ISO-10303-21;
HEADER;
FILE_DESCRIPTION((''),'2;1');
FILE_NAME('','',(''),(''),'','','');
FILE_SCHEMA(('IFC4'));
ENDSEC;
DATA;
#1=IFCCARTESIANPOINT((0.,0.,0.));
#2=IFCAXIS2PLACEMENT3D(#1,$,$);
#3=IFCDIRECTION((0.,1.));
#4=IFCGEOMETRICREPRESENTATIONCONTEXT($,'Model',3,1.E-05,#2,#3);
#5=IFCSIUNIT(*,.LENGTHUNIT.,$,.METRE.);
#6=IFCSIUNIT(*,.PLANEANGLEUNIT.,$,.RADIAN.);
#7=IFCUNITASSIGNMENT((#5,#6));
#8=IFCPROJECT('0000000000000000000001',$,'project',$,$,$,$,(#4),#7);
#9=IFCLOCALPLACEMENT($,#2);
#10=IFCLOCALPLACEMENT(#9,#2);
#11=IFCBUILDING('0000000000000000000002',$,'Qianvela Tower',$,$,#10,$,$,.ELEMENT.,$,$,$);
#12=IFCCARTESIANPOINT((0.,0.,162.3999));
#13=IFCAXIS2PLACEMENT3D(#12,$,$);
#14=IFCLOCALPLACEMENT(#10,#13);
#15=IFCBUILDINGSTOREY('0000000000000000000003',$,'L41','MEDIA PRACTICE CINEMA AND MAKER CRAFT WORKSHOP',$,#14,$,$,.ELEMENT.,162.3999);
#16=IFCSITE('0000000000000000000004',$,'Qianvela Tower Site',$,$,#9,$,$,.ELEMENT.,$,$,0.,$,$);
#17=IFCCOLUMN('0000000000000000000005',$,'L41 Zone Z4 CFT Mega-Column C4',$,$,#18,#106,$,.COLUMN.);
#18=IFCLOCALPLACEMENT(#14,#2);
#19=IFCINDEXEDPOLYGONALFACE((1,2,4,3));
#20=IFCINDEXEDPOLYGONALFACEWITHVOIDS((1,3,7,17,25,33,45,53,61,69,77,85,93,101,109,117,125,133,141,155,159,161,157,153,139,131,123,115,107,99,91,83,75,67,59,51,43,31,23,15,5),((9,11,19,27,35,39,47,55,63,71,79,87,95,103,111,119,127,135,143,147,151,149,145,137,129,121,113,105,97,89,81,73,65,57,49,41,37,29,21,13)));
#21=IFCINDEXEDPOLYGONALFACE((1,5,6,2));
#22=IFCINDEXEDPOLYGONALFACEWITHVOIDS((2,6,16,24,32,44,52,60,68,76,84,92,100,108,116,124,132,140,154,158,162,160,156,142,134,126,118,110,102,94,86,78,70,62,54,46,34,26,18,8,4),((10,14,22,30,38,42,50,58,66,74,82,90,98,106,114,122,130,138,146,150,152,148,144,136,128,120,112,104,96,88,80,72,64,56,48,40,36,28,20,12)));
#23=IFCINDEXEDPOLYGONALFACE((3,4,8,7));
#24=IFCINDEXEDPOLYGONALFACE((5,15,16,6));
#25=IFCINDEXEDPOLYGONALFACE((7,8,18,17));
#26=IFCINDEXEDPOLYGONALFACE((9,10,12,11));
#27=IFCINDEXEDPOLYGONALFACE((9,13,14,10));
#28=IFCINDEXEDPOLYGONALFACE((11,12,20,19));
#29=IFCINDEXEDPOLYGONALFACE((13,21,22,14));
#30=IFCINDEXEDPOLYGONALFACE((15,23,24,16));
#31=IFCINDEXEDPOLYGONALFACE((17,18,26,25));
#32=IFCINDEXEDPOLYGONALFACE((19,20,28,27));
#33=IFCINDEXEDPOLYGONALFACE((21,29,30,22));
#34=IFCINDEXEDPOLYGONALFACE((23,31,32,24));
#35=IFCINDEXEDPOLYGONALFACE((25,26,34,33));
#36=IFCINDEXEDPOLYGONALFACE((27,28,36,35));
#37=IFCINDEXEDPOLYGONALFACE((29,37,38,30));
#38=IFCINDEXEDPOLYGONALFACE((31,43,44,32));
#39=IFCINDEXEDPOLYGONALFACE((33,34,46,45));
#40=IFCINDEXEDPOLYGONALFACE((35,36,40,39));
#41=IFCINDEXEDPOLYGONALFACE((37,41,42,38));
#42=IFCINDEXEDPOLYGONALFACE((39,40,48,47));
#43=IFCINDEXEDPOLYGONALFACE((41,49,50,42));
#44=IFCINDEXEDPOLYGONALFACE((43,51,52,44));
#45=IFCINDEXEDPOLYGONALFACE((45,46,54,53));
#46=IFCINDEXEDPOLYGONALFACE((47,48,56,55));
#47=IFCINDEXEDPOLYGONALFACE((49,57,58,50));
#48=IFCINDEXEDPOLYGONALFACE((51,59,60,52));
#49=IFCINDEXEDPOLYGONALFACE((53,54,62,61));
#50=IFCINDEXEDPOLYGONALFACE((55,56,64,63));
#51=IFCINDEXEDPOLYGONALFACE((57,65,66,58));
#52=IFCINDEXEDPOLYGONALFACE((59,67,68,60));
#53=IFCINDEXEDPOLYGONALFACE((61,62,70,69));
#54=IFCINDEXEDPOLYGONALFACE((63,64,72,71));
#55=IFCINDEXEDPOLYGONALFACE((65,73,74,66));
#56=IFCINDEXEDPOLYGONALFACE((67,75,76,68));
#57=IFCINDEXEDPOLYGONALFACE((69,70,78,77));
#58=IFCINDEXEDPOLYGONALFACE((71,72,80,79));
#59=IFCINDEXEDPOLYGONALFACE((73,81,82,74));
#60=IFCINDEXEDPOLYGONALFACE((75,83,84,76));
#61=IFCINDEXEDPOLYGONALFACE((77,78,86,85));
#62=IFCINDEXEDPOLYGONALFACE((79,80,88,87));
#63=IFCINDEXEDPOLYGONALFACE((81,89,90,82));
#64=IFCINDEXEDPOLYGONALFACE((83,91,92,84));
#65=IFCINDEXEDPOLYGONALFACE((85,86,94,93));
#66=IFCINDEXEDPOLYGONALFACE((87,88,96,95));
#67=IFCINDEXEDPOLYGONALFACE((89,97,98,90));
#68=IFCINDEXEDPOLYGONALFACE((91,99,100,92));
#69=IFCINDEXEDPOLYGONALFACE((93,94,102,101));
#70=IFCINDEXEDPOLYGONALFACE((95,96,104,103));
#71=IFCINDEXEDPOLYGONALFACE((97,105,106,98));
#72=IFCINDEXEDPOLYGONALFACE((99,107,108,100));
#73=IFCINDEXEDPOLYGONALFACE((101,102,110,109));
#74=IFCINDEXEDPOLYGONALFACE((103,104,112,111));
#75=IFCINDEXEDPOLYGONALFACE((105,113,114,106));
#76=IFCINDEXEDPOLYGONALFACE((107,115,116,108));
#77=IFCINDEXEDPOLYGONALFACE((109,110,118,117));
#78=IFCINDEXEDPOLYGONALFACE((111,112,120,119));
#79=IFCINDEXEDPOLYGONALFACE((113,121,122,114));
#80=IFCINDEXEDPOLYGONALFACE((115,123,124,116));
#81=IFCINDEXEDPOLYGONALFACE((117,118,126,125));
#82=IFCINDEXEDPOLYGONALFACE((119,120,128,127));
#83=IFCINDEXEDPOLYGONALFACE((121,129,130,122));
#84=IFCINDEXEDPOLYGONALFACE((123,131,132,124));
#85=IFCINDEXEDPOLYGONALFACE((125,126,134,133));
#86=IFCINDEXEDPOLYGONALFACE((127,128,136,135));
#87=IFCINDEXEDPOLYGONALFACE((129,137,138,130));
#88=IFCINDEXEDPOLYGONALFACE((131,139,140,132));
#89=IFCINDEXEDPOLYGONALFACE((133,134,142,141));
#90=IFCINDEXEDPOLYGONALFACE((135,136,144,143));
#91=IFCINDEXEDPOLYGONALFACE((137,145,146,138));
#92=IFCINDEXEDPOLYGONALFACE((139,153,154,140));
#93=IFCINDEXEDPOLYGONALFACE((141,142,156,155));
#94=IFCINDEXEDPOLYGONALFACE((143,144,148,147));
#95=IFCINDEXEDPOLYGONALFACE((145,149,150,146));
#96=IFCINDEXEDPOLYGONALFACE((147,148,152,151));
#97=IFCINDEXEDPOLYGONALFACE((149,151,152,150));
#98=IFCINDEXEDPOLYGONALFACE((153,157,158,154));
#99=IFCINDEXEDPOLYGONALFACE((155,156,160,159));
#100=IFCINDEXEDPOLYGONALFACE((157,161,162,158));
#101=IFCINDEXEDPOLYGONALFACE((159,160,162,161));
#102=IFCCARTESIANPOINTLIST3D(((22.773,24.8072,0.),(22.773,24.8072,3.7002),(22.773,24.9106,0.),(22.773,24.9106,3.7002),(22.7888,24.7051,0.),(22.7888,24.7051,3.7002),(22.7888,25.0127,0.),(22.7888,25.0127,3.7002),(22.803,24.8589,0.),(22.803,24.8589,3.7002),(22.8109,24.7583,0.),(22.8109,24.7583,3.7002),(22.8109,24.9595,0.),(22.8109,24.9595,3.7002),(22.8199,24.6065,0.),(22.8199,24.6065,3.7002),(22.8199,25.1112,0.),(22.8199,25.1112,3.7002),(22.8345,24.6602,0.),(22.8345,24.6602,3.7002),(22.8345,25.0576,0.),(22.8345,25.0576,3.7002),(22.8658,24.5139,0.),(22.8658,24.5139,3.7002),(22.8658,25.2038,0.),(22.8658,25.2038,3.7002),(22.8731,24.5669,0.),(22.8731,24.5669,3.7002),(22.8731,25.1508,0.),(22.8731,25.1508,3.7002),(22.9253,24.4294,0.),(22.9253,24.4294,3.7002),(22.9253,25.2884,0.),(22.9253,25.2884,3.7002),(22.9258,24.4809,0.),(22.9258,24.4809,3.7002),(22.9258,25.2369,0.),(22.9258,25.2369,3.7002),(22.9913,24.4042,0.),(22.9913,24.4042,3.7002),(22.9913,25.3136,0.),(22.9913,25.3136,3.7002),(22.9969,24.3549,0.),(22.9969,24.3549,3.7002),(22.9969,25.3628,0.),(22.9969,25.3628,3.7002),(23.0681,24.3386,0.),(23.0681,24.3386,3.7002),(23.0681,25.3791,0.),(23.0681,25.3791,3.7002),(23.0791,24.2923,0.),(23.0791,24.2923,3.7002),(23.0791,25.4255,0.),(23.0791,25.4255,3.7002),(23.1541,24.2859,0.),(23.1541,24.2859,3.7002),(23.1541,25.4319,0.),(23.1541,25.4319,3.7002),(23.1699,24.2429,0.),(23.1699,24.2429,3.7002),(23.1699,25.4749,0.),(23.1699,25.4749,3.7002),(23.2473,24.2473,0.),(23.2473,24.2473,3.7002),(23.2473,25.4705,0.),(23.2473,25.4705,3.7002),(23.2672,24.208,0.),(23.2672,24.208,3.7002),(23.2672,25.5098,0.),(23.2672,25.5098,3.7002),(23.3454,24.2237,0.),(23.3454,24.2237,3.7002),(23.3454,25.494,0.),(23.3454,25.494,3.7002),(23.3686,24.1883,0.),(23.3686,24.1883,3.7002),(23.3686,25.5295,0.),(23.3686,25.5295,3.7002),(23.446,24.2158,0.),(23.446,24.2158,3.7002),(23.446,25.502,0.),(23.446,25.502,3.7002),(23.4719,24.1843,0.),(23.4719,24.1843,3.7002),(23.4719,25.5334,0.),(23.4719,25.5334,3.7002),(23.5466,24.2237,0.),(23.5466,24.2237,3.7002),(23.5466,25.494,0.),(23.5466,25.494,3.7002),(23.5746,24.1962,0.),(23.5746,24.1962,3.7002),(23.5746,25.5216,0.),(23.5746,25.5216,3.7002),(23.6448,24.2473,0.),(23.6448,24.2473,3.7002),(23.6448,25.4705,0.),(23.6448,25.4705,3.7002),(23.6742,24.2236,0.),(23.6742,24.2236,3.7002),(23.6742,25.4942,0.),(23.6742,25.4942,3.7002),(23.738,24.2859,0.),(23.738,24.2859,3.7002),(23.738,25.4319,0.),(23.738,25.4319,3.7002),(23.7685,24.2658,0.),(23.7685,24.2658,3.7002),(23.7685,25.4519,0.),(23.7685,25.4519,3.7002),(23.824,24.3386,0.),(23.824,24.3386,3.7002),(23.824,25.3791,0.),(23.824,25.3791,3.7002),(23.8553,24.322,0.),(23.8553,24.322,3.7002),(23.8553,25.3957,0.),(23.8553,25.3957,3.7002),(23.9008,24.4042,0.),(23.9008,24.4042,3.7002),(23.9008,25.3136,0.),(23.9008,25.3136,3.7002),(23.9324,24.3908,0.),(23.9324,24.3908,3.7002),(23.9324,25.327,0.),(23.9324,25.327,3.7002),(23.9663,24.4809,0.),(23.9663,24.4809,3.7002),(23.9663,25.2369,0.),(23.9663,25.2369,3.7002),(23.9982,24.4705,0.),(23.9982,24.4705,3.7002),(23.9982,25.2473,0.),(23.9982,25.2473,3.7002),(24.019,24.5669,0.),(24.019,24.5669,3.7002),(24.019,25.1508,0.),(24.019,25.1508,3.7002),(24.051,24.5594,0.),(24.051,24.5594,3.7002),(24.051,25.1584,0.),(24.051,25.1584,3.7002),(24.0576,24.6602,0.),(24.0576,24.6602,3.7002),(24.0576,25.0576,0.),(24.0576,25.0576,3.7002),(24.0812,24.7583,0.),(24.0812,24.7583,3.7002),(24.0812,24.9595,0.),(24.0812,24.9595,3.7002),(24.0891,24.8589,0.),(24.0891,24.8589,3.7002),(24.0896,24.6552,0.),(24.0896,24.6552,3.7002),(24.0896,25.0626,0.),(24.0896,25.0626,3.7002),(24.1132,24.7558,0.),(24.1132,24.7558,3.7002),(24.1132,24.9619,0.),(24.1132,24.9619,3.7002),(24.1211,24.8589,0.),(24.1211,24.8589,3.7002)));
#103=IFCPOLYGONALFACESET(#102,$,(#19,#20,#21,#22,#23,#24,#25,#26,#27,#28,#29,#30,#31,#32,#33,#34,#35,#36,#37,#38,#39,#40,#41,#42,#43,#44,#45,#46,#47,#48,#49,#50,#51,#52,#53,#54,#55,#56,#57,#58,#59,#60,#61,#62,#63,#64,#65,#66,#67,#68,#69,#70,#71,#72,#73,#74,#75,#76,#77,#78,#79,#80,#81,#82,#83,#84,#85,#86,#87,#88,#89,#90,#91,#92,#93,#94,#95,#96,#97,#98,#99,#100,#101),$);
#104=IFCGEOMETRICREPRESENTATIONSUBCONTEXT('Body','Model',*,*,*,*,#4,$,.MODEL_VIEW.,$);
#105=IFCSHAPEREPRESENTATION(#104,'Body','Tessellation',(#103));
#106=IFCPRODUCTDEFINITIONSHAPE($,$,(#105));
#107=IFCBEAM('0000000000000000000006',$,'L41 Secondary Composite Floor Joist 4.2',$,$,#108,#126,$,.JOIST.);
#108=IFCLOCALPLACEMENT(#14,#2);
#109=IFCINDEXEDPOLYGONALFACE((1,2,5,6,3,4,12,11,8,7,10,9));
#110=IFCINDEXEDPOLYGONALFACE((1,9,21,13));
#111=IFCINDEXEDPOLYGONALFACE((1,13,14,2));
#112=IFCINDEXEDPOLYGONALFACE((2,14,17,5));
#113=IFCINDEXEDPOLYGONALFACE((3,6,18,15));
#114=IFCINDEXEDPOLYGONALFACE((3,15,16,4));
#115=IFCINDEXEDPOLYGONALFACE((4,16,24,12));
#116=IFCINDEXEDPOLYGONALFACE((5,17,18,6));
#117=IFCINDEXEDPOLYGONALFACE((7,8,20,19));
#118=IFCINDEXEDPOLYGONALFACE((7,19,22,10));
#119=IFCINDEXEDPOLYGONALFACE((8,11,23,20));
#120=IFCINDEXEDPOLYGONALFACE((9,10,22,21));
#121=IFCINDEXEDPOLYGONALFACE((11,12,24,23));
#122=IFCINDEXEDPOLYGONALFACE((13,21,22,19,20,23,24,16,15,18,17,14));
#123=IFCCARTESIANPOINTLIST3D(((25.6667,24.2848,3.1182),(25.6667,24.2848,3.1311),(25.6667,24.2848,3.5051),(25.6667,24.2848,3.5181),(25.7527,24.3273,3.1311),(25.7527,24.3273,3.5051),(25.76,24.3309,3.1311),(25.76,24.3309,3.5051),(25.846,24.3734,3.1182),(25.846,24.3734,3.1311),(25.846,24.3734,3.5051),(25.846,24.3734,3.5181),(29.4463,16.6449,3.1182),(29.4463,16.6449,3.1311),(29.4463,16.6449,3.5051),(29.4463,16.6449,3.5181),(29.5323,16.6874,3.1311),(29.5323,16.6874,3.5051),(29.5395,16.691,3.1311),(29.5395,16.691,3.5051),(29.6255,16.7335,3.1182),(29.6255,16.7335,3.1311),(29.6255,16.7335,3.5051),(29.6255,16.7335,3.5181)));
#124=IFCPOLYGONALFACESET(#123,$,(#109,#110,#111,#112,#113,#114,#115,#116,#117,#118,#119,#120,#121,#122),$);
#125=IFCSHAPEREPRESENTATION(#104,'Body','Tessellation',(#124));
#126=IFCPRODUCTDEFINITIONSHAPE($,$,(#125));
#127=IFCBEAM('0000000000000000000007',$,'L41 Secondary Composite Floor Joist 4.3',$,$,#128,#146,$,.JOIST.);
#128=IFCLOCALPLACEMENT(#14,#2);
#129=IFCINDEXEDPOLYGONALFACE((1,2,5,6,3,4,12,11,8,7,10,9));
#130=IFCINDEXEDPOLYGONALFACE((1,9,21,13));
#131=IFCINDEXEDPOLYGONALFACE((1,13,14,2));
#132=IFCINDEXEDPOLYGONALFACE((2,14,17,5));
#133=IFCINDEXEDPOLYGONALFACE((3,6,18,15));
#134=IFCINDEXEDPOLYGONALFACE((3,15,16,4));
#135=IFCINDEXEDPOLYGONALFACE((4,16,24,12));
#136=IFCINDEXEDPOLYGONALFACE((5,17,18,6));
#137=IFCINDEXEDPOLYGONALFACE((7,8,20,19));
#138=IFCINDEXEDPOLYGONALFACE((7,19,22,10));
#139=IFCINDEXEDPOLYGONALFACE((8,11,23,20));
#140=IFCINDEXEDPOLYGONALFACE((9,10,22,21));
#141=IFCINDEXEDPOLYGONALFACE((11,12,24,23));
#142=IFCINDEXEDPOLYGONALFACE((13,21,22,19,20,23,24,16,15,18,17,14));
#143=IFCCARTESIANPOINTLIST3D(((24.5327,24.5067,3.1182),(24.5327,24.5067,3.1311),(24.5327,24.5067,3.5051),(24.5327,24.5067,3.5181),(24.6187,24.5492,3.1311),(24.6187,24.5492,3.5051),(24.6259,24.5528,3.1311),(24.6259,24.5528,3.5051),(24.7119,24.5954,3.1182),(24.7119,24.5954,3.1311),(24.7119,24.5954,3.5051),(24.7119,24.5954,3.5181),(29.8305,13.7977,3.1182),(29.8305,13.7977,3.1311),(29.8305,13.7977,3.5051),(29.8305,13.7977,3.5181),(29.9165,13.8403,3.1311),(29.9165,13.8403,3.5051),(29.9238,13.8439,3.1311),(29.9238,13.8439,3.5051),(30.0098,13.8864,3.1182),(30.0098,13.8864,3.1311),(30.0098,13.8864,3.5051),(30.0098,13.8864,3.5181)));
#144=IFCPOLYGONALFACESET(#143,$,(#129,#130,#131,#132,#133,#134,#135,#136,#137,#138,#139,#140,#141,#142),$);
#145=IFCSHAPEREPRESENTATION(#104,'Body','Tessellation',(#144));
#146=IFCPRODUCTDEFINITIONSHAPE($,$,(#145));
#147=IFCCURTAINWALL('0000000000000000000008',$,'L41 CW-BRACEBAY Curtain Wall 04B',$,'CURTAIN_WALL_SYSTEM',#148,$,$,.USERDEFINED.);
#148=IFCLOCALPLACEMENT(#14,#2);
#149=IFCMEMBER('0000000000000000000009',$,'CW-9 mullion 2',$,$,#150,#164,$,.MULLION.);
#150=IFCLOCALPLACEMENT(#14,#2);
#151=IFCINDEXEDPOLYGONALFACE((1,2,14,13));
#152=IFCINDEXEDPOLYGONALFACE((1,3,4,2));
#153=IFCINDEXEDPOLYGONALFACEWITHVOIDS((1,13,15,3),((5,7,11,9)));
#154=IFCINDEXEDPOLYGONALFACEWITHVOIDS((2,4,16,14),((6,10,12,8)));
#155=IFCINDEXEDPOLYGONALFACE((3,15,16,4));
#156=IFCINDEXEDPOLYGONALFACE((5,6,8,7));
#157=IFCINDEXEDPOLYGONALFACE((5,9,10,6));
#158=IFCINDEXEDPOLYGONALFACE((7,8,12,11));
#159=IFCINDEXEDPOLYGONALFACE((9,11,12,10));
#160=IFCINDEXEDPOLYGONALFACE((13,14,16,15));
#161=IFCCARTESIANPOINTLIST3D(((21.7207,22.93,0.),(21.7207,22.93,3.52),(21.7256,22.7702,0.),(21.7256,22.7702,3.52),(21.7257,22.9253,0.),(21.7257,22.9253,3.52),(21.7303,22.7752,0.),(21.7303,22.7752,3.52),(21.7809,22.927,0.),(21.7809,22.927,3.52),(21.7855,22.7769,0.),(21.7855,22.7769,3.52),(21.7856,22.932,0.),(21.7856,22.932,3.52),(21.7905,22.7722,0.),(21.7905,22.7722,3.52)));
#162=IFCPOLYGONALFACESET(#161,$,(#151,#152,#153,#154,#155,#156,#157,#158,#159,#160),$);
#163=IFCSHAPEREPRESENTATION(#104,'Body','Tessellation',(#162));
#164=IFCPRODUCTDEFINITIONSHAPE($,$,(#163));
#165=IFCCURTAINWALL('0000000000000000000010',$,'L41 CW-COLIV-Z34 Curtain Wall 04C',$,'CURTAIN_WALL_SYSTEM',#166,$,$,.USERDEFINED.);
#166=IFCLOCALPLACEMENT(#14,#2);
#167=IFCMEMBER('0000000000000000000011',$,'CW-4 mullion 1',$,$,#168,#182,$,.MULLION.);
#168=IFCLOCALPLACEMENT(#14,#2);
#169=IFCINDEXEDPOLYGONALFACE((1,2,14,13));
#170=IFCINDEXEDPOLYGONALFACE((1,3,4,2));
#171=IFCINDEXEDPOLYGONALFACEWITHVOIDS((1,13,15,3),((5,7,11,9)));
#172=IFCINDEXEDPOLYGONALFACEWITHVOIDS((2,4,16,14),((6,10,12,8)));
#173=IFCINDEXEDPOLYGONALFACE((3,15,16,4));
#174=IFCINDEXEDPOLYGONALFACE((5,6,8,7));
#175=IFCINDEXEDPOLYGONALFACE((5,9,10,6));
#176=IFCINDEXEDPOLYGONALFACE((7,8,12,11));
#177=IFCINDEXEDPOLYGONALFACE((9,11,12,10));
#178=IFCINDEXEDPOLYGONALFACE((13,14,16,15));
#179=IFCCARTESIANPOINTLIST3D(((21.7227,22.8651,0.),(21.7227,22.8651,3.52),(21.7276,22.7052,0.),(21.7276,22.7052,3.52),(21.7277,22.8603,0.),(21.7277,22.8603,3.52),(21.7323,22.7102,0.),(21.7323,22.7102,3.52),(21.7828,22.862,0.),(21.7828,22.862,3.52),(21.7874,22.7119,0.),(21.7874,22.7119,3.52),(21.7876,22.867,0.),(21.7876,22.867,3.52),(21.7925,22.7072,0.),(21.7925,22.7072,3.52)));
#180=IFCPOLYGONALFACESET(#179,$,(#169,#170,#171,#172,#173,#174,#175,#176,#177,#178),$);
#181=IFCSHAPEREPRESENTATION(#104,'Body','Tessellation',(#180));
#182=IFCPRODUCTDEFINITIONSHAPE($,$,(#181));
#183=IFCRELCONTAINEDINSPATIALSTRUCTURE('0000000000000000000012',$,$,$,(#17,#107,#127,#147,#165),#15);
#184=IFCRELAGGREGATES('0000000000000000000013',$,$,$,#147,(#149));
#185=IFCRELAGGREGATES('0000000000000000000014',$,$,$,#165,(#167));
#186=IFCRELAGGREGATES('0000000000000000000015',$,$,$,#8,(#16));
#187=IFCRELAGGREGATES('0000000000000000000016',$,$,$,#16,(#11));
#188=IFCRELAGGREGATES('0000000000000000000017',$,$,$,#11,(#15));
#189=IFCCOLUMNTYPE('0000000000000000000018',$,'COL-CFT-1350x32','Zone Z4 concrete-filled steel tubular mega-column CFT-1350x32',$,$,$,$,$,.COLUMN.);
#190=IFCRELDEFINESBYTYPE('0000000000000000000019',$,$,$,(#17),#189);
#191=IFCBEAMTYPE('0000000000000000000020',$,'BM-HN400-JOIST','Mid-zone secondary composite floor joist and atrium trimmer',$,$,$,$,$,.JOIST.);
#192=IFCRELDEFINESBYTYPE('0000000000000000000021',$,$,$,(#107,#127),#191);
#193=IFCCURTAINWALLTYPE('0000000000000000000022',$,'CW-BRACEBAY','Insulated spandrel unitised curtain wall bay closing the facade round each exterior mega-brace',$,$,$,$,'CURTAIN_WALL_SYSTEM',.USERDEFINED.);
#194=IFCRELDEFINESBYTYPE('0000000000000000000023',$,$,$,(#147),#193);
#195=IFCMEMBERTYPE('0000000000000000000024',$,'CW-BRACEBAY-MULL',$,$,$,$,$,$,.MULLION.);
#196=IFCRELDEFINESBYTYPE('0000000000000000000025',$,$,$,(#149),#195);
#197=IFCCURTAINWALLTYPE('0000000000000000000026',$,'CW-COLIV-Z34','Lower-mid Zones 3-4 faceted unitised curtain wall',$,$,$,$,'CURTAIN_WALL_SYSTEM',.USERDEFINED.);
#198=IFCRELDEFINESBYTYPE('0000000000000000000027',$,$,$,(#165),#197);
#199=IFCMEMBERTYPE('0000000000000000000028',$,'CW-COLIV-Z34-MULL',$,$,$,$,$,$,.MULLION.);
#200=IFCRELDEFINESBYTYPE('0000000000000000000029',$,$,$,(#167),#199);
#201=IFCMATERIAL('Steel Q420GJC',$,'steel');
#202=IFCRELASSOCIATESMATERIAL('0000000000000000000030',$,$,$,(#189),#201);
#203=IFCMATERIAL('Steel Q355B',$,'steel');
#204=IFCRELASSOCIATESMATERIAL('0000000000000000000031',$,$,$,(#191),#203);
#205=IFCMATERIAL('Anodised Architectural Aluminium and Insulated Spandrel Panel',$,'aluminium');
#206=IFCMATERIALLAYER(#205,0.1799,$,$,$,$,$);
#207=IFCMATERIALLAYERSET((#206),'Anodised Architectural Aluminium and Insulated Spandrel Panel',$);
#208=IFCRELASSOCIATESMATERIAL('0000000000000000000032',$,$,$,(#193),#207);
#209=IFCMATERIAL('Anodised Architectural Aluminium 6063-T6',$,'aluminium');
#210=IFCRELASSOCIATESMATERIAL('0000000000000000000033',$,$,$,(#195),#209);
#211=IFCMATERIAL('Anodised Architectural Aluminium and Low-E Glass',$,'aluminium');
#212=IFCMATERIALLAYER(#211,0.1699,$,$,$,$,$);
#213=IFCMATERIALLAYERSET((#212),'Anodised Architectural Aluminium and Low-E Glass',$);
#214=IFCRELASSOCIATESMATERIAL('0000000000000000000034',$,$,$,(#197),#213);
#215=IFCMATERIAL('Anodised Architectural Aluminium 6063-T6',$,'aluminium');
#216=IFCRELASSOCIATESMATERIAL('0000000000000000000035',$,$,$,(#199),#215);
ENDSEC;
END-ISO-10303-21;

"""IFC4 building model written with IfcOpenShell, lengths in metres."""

from ifc_helpers import new_model, si_unit, direction, frame, origin, origin_2d, place, context, subcontext, project, spatial, hollow_rectangle, hollow_circle, i_section, extrude, material, layer, layer_set, material_profile, profile_set, type_object, element, aggregate, save


model = new_model("IFC4")

# Units and contexts
model_context = context("Model", 3, precision=1e-05, world=origin(), true_north=direction((0.0, 1.0)))
body_context = subcontext(model_context, "Body", "Model", "MODEL_VIEW")
ifc_project = project(units=[si_unit("LENGTHUNIT", "METRE"), si_unit("PLANEANGLEUNIT", "RADIAN")], contexts=[model_context])

# Site, building, storey
site_placement = place(None, origin())
site = spatial("IfcSite", under=ifc_project, at=site_placement, Name="Qianvela Tower Site", CompositionType="ELEMENT", RefElevation=0.0)
building_placement = place(site_placement, origin())
building = spatial("IfcBuilding", under=site, at=building_placement, Name="Qianvela Tower", CompositionType="ELEMENT")
storey_placement = place(building_placement, frame((0.0, 0.0, 162.3999)))
storey = spatial("IfcBuildingStorey", under=building, at=storey_placement, Name="L41", Description="MEDIA PRACTICE CINEMA AND MAKER CRAFT WORKSHOP", CompositionType="ELEMENT", Elevation=162.3999)

# Column
ifc_material_1 = material(Name="Steel Q420GJC", Category="steel")
ifc_material_profile_1 = material_profile(ifc_material_1, hollow_circle(Radius=0.675, WallThickness=0.032, at=origin_2d()), Name="CFT-1350x32")
ifc_profile_set_1 = profile_set([ifc_material_profile_1], Name="Steel Q420GJC")
column_type = type_object("IfcColumnType", Name="COL-CFT-1350x32", Description="Zone Z4 concrete-filled steel tubular mega-column CFT-1350x32", PredefinedType="COLUMN", material=ifc_profile_set_1)
column_placement = place(storey_placement, frame((23.446, 24.8589, 0.0), z_axis=(0.0, 0.0, 1.0), x_axis=(1.0, 0.0, 0.0)))
element("IfcColumn", 1, at=column_placement, inside=storey, type_object=column_type, Name="L41 Zone Z4 CFT Mega-Column C4", PredefinedType="COLUMN", context=body_context, shape_type="SweptSolid", body=[
    extrude(hollow_circle(Radius=0.675, WallThickness=0.032, at=origin_2d()), origin(), (0.0, 0.0, 1.0), 3.7002),
])

# Beams
ifc_material_2 = material(Name="Steel Q355B", Category="steel")
ifc_material_profile_2 = material_profile(ifc_material_2, i_section(OverallWidth=0.2, OverallDepth=0.3999, WebThickness=0.0081, FlangeThickness=0.0129, at=origin_2d()), Name="HN400x200x8x13")
ifc_profile_set_2 = profile_set([ifc_material_profile_2], Name="Steel Q355B")
beam_type = type_object("IfcBeamType", Name="BM-HN400-JOIST", Description="Mid-zone secondary composite floor joist and atrium trimmer", PredefinedType="JOIST", material=ifc_profile_set_2)
beam_1_placement = place(storey_placement, frame((25.7563, 24.3291, 3.3181), z_axis=(0.443417, -0.896315, 0.0), x_axis=(0.896315, 0.443417, 0.0)))
element("IfcBeam", 2, at=beam_1_placement, inside=storey, type_object=beam_type, Name="L41 Secondary Composite Floor Joist 4.2", PredefinedType="JOIST", context=body_context, shape_type="SweptSolid", body=[
    extrude(i_section(OverallWidth=0.2, OverallDepth=0.3999, WebThickness=0.0081, FlangeThickness=0.0129, at=origin_2d()), origin(), (0.0, 0.0, 1.0), 8.5237),
])
beam_2_placement = place(storey_placement, frame((24.6223, 24.551, 3.3181), z_axis=(0.443417, -0.896315, 0.0), x_axis=(0.896315, 0.443417, 0.0)))
element("IfcBeam", 3, at=beam_2_placement, inside=storey, type_object=beam_type, Name="L41 Secondary Composite Floor Joist 4.3", PredefinedType="JOIST", context=body_context, shape_type="SweptSolid", body=[
    extrude(i_section(OverallWidth=0.2, OverallDepth=0.3999, WebThickness=0.0081, FlangeThickness=0.0129, at=origin_2d()), origin(), (0.0, 0.0, 1.0), 11.9478),
])

# Curtain wall, member
ifc_material_3 = material(Name="Anodised Architectural Aluminium and Insulated Spandrel Panel", Category="aluminium")
ifc_layer_1 = layer(ifc_material_3, 0.1799)
ifc_layer_set_1 = layer_set([ifc_layer_1], Name="Anodised Architectural Aluminium and Insulated Spandrel Panel")
curtain_wall_type_1 = type_object("IfcCurtainWallType", Name="CW-BRACEBAY", Description="Insulated spandrel unitised curtain wall bay closing the facade round each exterior mega-brace", ElementType="CURTAIN_WALL_SYSTEM", PredefinedType="USERDEFINED", material=ifc_layer_set_1)
curtain_wall_1_placement = place(storey_placement, origin())
curtain_wall_1 = element("IfcCurtainWall", 4, at=curtain_wall_1_placement, inside=storey, type_object=curtain_wall_type_1, Name="L41 CW-BRACEBAY Curtain Wall 04B", ObjectType="CURTAIN_WALL_SYSTEM", PredefinedType="USERDEFINED")
ifc_material_4 = material(Name="Anodised Architectural Aluminium 6063-T6", Category="aluminium")
ifc_material_profile_3 = material_profile(ifc_material_4, hollow_rectangle(XDim=0.0649, YDim=0.1599, WallThickness=0.0049, at=origin_2d()), Name="ALU-MULL-65x160")
ifc_profile_set_3 = profile_set([ifc_material_profile_3], Name="Anodised Architectural Aluminium 6063-T6")
member_type_1 = type_object("IfcMemberType", Name="CW-BRACEBAY-MULL", PredefinedType="MULLION", material=ifc_profile_set_3)
member_1_placement = place(storey_placement, frame((21.7556, 22.8511, 0.0), z_axis=(0.0, 0.0, 1.0), x_axis=(0.999529, 0.0307, 0.0)))
member_1 = element("IfcMember", 5, at=member_1_placement, type_object=member_type_1, Name="CW-9 mullion 2", PredefinedType="MULLION", context=body_context, shape_type="SweptSolid", body=[
    extrude(hollow_rectangle(XDim=0.0649, YDim=0.1599, WallThickness=0.0049, at=origin_2d()), origin(), (0.0, 0.0, 1.0), 3.52),
])

# Curtain wall, member
ifc_material_5 = material(Name="Anodised Architectural Aluminium and Low-E Glass", Category="aluminium")
ifc_layer_2 = layer(ifc_material_5, 0.1699)
ifc_layer_set_2 = layer_set([ifc_layer_2], Name="Anodised Architectural Aluminium and Low-E Glass")
curtain_wall_type_2 = type_object("IfcCurtainWallType", Name="CW-COLIV-Z34", Description="Lower-mid Zones 3-4 faceted unitised curtain wall", ElementType="CURTAIN_WALL_SYSTEM", PredefinedType="USERDEFINED", material=ifc_layer_set_2)
curtain_wall_2_placement = place(storey_placement, origin())
curtain_wall_2 = element("IfcCurtainWall", 6, at=curtain_wall_2_placement, inside=storey, type_object=curtain_wall_type_2, Name="L41 CW-COLIV-Z34 Curtain Wall 04C", ObjectType="CURTAIN_WALL_SYSTEM", PredefinedType="USERDEFINED")
ifc_material_6 = material(Name="Anodised Architectural Aluminium 6063-T6", Category="aluminium")
ifc_material_profile_4 = material_profile(ifc_material_6, hollow_rectangle(XDim=0.0649, YDim=0.1599, WallThickness=0.0049, at=origin_2d()), Name="ALU-MULL-65x160")
ifc_profile_set_4 = profile_set([ifc_material_profile_4], Name="Anodised Architectural Aluminium 6063-T6")
member_type_2 = type_object("IfcMemberType", Name="CW-COLIV-Z34-MULL", PredefinedType="MULLION", material=ifc_profile_set_4)
member_2_placement = place(storey_placement, frame((21.7576, 22.7861, 0.0), z_axis=(0.0, 0.0, 1.0), x_axis=(0.999528, 0.030719, 0.0)))
member_2 = element("IfcMember", 7, at=member_2_placement, type_object=member_type_2, Name="CW-4 mullion 1", PredefinedType="MULLION", context=body_context, shape_type="SweptSolid", body=[
    extrude(hollow_rectangle(XDim=0.0649, YDim=0.1599, WallThickness=0.0049, at=origin_2d()), origin(), (0.0, 0.0, 1.0), 3.52),
])

aggregate(curtain_wall_1, [member_1])
aggregate(curtain_wall_2, [member_2])

save(model, "model.ifc")
